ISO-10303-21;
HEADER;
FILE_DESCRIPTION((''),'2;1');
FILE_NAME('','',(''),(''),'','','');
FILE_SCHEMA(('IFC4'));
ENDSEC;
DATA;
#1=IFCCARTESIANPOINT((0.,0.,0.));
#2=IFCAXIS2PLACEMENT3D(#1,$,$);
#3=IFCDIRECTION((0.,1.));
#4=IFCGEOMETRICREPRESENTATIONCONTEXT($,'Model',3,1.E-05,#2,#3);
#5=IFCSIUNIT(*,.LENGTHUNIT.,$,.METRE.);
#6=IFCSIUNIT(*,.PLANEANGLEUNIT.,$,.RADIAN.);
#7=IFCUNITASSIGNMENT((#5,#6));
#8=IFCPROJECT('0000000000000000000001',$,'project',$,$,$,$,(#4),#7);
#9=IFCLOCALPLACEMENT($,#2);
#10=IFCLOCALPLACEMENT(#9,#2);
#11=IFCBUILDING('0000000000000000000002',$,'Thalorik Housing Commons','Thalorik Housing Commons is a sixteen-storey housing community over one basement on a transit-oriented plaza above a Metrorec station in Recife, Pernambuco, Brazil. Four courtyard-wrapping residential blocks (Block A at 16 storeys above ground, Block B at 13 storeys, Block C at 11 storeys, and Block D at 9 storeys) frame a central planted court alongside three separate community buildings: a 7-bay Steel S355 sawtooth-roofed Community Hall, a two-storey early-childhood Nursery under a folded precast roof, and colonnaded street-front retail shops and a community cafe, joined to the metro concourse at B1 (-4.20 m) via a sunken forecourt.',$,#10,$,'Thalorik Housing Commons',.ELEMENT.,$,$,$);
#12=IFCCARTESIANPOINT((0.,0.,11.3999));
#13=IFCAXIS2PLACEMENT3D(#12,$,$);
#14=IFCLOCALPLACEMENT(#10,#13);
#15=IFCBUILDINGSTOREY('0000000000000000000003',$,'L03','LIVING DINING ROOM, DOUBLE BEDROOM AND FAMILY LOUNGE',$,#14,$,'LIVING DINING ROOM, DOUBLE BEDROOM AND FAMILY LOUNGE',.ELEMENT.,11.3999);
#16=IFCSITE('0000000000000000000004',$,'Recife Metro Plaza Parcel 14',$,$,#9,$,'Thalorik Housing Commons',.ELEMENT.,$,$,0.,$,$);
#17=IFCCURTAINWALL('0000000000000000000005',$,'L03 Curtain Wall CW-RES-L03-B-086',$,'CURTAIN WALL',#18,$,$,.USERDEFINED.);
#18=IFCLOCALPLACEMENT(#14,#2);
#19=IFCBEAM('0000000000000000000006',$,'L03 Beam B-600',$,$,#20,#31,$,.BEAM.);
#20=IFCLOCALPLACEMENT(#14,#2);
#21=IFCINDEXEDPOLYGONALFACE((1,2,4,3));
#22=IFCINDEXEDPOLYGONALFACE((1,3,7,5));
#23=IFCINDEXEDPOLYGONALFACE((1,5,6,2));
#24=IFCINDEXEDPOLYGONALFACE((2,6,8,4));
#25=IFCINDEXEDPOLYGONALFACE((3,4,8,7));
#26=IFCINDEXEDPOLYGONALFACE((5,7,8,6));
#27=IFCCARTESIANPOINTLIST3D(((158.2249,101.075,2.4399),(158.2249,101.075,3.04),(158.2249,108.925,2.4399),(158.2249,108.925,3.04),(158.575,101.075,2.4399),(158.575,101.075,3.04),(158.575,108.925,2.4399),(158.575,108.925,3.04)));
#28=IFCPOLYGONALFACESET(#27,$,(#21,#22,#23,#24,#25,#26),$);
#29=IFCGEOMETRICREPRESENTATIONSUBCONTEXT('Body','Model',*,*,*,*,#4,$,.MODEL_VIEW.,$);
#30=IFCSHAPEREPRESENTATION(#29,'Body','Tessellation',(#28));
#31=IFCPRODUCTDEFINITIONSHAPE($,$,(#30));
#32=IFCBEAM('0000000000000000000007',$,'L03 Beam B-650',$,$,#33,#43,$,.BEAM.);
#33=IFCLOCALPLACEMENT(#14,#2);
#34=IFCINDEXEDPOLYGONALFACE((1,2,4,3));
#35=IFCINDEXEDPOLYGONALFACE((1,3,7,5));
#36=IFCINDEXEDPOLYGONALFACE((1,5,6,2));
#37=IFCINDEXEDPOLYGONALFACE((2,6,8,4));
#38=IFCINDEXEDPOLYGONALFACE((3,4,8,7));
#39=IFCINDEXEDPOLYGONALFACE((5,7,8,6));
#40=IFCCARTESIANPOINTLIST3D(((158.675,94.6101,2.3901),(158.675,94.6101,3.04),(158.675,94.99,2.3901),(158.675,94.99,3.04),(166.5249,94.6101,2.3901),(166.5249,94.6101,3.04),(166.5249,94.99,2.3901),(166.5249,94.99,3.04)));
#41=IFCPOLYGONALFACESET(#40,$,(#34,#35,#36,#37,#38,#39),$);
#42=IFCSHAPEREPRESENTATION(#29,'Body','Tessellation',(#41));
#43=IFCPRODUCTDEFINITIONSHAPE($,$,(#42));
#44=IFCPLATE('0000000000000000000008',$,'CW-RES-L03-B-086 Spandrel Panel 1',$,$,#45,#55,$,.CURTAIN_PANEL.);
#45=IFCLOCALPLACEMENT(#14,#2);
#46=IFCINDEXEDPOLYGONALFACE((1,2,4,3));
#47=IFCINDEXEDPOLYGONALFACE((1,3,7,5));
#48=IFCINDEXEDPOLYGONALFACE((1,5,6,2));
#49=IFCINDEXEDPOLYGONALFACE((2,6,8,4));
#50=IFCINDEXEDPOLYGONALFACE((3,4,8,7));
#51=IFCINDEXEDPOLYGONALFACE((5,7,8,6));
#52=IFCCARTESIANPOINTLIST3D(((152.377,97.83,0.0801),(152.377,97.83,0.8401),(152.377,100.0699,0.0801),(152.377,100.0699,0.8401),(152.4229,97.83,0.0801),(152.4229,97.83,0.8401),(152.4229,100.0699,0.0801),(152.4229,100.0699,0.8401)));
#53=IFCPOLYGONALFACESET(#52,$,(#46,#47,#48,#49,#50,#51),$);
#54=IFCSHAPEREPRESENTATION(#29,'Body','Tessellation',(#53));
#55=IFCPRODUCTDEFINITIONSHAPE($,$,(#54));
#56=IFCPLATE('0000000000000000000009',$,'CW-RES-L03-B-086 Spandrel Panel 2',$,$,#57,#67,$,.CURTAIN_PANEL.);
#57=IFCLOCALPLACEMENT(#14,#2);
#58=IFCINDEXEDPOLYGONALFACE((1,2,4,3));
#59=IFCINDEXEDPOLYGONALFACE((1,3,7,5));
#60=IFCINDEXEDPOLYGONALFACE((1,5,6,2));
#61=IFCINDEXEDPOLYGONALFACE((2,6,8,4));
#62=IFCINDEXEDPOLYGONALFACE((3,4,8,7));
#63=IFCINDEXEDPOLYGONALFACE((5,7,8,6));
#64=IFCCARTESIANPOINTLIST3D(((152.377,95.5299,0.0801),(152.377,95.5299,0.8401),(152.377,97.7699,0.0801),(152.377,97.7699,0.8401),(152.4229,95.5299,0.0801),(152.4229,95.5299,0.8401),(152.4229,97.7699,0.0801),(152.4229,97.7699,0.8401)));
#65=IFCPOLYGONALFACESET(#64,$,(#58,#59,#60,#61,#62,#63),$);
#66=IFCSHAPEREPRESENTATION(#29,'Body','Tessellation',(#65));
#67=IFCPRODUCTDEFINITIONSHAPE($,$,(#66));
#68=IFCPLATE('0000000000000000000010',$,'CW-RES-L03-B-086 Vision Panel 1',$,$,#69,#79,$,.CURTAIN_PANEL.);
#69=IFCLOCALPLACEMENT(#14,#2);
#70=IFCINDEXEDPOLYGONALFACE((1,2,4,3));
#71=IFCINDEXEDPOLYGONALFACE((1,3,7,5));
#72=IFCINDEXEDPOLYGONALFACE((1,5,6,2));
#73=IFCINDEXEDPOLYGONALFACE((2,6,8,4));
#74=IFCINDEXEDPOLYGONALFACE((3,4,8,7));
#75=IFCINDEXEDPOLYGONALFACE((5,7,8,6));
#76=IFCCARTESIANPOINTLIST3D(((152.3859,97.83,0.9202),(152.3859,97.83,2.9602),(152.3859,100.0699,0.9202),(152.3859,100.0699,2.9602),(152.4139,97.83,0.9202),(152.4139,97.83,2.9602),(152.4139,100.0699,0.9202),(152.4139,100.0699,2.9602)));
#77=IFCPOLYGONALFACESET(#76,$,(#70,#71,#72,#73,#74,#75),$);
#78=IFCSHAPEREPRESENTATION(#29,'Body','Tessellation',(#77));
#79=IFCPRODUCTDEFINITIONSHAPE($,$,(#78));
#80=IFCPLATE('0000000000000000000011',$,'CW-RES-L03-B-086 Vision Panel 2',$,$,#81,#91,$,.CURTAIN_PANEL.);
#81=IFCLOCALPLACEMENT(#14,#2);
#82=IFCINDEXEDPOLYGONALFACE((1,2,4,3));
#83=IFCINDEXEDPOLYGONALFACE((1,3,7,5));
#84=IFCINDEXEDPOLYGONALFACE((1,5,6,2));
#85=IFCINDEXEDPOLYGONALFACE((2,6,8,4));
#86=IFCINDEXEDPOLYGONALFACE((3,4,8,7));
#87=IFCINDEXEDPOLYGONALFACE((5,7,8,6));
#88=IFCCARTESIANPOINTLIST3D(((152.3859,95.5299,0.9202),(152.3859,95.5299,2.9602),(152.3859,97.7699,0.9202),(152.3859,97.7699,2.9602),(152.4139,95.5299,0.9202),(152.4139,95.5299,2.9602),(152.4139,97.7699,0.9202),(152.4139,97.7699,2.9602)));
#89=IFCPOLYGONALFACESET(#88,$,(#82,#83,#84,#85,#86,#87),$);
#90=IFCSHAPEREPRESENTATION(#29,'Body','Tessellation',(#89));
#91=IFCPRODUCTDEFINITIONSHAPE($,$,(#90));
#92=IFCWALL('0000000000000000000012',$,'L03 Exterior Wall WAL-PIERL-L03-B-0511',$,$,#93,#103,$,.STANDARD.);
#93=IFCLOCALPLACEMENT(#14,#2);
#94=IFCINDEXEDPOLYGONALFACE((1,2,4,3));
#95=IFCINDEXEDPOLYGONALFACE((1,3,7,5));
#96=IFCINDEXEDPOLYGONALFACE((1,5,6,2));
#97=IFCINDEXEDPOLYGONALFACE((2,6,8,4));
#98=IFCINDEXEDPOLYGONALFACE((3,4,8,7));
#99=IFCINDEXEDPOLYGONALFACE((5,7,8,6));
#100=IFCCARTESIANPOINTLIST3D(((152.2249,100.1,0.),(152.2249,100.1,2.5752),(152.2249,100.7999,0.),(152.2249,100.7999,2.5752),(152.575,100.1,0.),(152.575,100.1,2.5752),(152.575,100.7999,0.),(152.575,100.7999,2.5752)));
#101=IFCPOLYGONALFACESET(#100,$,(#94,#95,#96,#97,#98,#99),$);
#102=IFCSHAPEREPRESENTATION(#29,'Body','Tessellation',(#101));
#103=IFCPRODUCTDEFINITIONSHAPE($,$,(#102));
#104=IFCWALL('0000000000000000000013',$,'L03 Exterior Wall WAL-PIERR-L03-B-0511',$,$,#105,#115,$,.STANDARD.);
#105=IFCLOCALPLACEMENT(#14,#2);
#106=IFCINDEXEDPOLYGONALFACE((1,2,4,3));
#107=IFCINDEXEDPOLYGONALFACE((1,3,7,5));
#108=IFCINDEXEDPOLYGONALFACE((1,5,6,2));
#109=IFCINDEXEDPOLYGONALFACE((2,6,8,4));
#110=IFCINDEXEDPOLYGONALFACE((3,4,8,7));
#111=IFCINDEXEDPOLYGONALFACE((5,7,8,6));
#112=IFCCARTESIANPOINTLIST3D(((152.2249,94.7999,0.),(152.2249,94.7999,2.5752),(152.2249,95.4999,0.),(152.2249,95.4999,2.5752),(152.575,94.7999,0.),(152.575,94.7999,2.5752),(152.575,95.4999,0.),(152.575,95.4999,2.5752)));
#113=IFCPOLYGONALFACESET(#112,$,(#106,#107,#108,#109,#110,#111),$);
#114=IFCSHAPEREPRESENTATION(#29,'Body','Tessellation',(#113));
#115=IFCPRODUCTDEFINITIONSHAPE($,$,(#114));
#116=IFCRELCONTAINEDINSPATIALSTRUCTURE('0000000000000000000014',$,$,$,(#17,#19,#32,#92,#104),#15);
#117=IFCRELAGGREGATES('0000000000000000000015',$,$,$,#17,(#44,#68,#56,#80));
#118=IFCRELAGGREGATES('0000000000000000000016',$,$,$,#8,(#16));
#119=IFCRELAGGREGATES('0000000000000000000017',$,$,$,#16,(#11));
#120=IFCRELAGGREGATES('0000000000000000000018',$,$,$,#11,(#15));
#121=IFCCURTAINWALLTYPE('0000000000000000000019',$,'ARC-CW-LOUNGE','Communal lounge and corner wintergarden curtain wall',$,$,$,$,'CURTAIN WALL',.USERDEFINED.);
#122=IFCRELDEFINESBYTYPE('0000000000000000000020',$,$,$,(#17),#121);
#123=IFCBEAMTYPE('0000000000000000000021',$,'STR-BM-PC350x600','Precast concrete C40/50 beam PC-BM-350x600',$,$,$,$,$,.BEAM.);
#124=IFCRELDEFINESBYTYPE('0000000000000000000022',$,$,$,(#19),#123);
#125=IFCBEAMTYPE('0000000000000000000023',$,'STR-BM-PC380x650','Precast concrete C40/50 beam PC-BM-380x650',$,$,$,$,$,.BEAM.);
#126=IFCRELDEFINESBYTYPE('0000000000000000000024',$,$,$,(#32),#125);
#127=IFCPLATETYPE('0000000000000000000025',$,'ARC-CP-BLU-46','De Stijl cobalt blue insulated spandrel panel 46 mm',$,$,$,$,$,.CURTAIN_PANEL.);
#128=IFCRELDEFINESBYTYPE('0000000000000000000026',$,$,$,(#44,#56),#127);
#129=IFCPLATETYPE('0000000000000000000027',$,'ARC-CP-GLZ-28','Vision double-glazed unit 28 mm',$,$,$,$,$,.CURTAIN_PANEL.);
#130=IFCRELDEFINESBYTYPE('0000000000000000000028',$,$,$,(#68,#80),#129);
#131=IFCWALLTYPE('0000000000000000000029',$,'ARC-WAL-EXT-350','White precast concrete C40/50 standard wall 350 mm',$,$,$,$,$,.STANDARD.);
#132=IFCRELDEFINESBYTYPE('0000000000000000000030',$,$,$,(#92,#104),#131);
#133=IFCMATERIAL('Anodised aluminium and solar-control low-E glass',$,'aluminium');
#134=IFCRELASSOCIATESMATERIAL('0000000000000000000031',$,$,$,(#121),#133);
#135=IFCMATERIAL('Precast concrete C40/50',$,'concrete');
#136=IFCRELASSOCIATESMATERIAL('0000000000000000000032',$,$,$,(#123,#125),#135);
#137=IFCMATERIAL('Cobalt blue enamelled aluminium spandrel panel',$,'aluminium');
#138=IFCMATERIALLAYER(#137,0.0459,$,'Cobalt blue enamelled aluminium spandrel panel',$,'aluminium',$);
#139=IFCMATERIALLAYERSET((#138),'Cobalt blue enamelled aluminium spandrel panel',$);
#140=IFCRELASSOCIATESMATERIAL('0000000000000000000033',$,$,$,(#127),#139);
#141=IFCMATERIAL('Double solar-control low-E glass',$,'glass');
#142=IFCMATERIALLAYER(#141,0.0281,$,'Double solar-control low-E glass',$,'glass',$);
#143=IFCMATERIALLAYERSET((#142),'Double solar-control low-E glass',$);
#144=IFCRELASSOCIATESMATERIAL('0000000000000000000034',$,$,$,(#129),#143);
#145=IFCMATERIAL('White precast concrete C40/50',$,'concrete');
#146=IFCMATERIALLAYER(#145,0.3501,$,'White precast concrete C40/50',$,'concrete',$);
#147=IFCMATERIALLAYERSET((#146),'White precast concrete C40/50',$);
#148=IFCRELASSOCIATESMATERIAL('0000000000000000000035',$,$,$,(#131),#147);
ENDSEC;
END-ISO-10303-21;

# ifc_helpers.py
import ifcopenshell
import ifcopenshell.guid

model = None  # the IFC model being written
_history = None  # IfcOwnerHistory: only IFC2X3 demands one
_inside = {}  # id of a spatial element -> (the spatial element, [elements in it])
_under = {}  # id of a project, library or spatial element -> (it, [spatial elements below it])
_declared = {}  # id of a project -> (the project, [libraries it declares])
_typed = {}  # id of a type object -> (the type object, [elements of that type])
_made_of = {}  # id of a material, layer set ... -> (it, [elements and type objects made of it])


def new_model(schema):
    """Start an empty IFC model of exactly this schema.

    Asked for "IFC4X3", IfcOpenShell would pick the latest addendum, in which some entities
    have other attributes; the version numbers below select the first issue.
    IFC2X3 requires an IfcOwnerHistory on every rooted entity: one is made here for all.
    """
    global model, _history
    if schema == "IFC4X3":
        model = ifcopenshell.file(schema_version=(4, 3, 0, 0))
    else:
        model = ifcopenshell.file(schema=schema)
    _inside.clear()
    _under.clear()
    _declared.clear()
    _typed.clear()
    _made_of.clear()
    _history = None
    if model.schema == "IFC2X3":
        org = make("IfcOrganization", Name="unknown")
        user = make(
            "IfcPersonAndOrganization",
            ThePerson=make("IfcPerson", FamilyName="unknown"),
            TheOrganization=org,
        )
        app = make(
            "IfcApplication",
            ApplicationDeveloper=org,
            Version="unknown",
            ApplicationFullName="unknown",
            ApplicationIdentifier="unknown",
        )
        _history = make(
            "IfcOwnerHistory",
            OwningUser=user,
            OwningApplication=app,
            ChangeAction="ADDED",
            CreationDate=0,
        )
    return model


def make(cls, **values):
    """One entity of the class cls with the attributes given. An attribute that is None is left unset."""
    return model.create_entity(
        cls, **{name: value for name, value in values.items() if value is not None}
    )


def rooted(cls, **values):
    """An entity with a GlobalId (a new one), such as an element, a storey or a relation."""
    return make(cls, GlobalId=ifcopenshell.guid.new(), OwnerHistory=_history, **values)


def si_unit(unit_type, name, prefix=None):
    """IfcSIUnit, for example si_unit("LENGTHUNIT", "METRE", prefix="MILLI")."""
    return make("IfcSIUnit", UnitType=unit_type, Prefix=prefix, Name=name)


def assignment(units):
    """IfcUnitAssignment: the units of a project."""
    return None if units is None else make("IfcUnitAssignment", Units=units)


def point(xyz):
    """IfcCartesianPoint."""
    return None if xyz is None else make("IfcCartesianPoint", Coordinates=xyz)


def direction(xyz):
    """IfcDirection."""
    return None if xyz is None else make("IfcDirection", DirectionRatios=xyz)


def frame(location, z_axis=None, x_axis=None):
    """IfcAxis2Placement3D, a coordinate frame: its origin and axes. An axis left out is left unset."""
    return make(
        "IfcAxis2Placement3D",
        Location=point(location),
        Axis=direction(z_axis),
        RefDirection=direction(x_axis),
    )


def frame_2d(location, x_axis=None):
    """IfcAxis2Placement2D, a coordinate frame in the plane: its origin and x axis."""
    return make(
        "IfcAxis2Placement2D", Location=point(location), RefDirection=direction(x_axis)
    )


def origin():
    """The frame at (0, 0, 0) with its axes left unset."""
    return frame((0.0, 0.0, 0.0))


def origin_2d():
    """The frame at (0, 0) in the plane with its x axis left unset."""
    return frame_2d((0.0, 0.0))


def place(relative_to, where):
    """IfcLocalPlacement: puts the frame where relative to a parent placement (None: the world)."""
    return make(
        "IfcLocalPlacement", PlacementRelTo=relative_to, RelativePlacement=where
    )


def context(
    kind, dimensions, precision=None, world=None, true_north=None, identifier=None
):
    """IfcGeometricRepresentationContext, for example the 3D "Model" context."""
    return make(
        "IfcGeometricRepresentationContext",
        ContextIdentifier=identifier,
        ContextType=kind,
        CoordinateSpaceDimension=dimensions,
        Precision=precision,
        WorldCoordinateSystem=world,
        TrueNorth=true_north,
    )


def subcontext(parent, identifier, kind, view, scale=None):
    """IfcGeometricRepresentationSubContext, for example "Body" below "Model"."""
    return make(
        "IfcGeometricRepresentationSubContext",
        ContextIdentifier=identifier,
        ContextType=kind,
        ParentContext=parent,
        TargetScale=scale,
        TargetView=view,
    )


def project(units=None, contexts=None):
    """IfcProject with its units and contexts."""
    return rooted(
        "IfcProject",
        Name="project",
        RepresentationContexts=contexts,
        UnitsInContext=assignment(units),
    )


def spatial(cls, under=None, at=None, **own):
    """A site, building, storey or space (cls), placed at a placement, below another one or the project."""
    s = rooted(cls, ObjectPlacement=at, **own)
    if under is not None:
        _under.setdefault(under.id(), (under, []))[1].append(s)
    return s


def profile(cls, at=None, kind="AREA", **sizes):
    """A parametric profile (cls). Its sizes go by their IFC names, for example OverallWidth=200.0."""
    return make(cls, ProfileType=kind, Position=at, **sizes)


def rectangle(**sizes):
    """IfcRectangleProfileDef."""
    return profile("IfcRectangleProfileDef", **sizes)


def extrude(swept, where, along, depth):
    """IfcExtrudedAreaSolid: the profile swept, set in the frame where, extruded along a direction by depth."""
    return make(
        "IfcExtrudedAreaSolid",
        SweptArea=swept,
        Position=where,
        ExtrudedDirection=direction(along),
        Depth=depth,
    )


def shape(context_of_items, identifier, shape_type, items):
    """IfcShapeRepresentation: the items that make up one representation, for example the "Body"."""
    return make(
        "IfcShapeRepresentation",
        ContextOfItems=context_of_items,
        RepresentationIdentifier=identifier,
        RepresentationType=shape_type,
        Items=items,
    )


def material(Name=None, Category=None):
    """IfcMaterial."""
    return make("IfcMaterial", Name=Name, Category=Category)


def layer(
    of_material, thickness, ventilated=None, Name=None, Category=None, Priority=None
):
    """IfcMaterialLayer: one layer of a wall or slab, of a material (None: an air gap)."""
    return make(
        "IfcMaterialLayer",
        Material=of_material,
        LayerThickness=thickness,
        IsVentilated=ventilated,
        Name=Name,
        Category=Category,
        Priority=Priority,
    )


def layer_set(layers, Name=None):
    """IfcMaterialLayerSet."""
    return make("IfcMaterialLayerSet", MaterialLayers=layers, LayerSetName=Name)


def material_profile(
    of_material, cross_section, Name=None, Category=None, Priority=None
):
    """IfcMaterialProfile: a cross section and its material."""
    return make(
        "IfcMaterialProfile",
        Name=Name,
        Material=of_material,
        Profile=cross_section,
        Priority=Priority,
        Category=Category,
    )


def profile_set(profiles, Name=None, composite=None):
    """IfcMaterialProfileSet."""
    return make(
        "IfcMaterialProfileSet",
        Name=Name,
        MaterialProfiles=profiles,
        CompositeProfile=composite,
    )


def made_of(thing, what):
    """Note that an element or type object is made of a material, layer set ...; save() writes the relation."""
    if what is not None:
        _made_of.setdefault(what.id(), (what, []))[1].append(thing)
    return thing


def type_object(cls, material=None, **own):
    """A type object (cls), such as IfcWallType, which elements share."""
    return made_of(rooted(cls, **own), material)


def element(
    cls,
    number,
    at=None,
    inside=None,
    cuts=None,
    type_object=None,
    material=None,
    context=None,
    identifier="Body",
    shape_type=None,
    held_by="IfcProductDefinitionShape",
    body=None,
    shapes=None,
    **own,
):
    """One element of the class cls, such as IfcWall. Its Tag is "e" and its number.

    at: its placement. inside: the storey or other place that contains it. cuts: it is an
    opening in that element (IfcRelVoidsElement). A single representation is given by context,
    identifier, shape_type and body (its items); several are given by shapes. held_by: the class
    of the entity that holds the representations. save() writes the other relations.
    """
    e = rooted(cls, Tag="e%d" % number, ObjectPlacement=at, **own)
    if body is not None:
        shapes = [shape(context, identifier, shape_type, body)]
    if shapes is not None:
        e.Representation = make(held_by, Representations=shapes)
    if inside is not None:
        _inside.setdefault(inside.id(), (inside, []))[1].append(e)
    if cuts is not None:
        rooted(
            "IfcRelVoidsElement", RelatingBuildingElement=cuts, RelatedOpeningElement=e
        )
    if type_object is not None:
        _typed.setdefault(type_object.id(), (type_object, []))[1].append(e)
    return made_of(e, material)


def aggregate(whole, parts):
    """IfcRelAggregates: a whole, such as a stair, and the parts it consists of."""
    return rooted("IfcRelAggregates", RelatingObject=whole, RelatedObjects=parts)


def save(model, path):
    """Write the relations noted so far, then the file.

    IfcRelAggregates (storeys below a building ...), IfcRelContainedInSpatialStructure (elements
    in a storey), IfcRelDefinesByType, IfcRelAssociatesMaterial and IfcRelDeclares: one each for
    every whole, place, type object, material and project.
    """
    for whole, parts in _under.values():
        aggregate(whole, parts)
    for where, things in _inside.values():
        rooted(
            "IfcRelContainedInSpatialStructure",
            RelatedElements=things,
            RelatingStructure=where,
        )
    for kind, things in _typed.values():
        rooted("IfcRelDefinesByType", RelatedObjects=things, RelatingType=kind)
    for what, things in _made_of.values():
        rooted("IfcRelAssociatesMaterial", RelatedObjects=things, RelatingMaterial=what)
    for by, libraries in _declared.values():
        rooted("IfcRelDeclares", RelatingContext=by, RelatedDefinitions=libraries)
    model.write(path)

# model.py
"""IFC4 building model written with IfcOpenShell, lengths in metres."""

from ifc_helpers import new_model, si_unit, direction, frame, frame_2d, origin, origin_2d, place, context, subcontext, project, spatial, rectangle, extrude, material, layer, layer_set, material_profile, profile_set, type_object, element, aggregate, save


model = new_model("IFC4")

# Units and contexts
model_context = context("Model", 3, precision=1e-05, world=origin(), true_north=direction((0.0, 1.0)))
body_context = subcontext(model_context, "Body", "Model", "MODEL_VIEW")
ifc_project = project(units=[si_unit("LENGTHUNIT", "METRE"), si_unit("PLANEANGLEUNIT", "RADIAN")], contexts=[model_context])

# Site, building, storey
site_placement = place(None, origin())
site = spatial("IfcSite", under=ifc_project, at=site_placement, Name="Recife Metro Plaza Parcel 14", LongName="Thalorik Housing Commons", CompositionType="ELEMENT", RefElevation=0.0)
building_placement = place(site_placement, origin())
building = spatial("IfcBuilding", under=site, at=building_placement, Name="Thalorik Housing Commons", Description="Thalorik Housing Commons is a sixteen-storey housing community over one basement on a transit-oriented plaza above a Metrorec station in Recife, Pernambuco, Brazil. Four courtyard-wrapping residential blocks (Block A at 16 storeys above ground, Block B at 13 storeys, Block C at 11 storeys, and Block D at 9 storeys) frame a central planted court alongside three separate community buildings: a 7-bay Steel S355 sawtooth-roofed Community Hall, a two-storey early-childhood Nursery under a folded precast roof, and colonnaded street-front retail shops and a community cafe, joined to the metro concourse at B1 (-4.20 m) via a sunken forecourt.", LongName="Thalorik Housing Commons", CompositionType="ELEMENT")
storey_placement = place(building_placement, frame((0.0, 0.0, 11.3999)))
storey = spatial("IfcBuildingStorey", under=building, at=storey_placement, Name="L03", Description="LIVING DINING ROOM, DOUBLE BEDROOM AND FAMILY LOUNGE", LongName="LIVING DINING ROOM, DOUBLE BEDROOM AND FAMILY LOUNGE", CompositionType="ELEMENT", Elevation=11.3999)

# Shared definitions
ifc_material_1 = material(Name="Precast concrete C40/50", Category="concrete")

# Curtain wall
ifc_material_2 = material(Name="Anodised aluminium and solar-control low-E glass", Category="aluminium")
curtain_wall_type = type_object("IfcCurtainWallType", Name="ARC-CW-LOUNGE", Description="Communal lounge and corner wintergarden curtain wall", ElementType="CURTAIN WALL", PredefinedType="USERDEFINED", material=ifc_material_2)
curtain_wall_placement = place(storey_placement, origin())
curtain_wall = element("IfcCurtainWall", 1, at=curtain_wall_placement, inside=storey, type_object=curtain_wall_type, Name="L03 Curtain Wall CW-RES-L03-B-086", ObjectType="CURTAIN WALL", PredefinedType="USERDEFINED")

# Beams
ifc_material_profile_1 = material_profile(ifc_material_1, rectangle(XDim=0.3501, YDim=0.6001, at=origin_2d()), Name="PC 350x600", Category="concrete")
ifc_profile_set_1 = profile_set([ifc_material_profile_1], Name="Precast concrete C40/50")
beam_type_1 = type_object("IfcBeamType", Name="STR-BM-PC350x600", Description="Precast concrete C40/50 beam PC-BM-350x600", PredefinedType="BEAM", material=ifc_profile_set_1)
for number, where, z_axis, x_axis, name in (
    (2, (158.3999, 101.075, 2.74), (0.0, 1.0, 0.0), (-1.0, 0.0, 0.0), "L03 Beam B-600"),
):
    element("IfcBeam", number, at=place(storey_placement, frame(where, z_axis=z_axis, x_axis=x_axis)), inside=storey, type_object=beam_type_1, Name=name, PredefinedType="BEAM", context=body_context, shape_type="SweptSolid", body=[
        extrude(rectangle(XDim=0.3501, YDim=0.6001, at=origin_2d()), origin(), (0.0, 0.0, 1.0), 7.8501),
    ])
ifc_material_profile_2 = material_profile(ifc_material_1, rectangle(XDim=0.3799, YDim=0.6499, at=origin_2d()), Name="PC 380x650", Category="concrete")
ifc_profile_set_2 = profile_set([ifc_material_profile_2], Name="Precast concrete C40/50")
beam_type_2 = type_object("IfcBeamType", Name="STR-BM-PC380x650", Description="Precast concrete C40/50 beam PC-BM-380x650", PredefinedType="BEAM", material=ifc_profile_set_2)
beam_placement = place(storey_placement, frame((158.675, 94.8, 2.7151), z_axis=(1.0, 0.0, 0.0), x_axis=(0.0, 1.0, 0.0)))
element("IfcBeam", 3, at=beam_placement, inside=storey, type_object=beam_type_2, Name="L03 Beam B-650", PredefinedType="BEAM", context=body_context, shape_type="SweptSolid", body=[
    extrude(rectangle(XDim=0.3799, YDim=0.6499, at=origin_2d()), origin(), (0.0, 0.0, 1.0), 7.8499),
])

# Plates
ifc_material_3 = material(Name="Cobalt blue enamelled aluminium spandrel panel", Category="aluminium")
ifc_layer_1 = layer(ifc_material_3, 0.0459, Name="Cobalt blue enamelled aluminium spandrel panel", Category="aluminium")
ifc_layer_set_1 = layer_set([ifc_layer_1], Name="Cobalt blue enamelled aluminium spandrel panel")
plate_type_1 = type_object("IfcPlateType", Name="ARC-CP-BLU-46", Description="De Stijl cobalt blue insulated spandrel panel 46 mm", PredefinedType="CURTAIN_PANEL", material=ifc_layer_set_1)
plate_1_placement = place(storey_placement, frame((152.3999, 98.95, 0.0801), z_axis=(0.0, 0.0, 1.0), x_axis=(0.0, -1.0, 0.0)))
plate_1 = element("IfcPlate", 4, at=plate_1_placement, type_object=plate_type_1, Name="CW-RES-L03-B-086 Spandrel Panel 1", PredefinedType="CURTAIN_PANEL", context=body_context, shape_type="SweptSolid", body=[
    extrude(rectangle(XDim=2.24, YDim=0.0459, at=origin_2d()), origin(), (0.0, 0.0, 1.0), 0.76),
])
plate_2_placement = place(storey_placement, frame((152.3999, 96.6499, 0.0801), z_axis=(0.0, 0.0, 1.0), x_axis=(0.0, -1.0, 0.0)))
plate_2 = element("IfcPlate", 5, at=plate_2_placement, type_object=plate_type_1, Name="CW-RES-L03-B-086 Spandrel Panel 2", PredefinedType="CURTAIN_PANEL", context=body_context, shape_type="SweptSolid", body=[
    extrude(rectangle(XDim=2.24, YDim=0.0459, at=origin_2d()), origin(), (0.0, 0.0, 1.0), 0.76),
])
ifc_material_4 = material(Name="Double solar-control low-E glass", Category="glass")
ifc_layer_2 = layer(ifc_material_4, 0.0281, Name="Double solar-control low-E glass", Category="glass")
ifc_layer_set_2 = layer_set([ifc_layer_2], Name="Double solar-control low-E glass")
plate_type_2 = type_object("IfcPlateType", Name="ARC-CP-GLZ-28", Description="Vision double-glazed unit 28 mm", PredefinedType="CURTAIN_PANEL", material=ifc_layer_set_2)
plate_3_placement = place(storey_placement, frame((152.3999, 98.95, 0.9202), z_axis=(0.0, 0.0, 1.0), x_axis=(0.0, -1.0, 0.0)))
plate_3 = element("IfcPlate", 6, at=plate_3_placement, type_object=plate_type_2, Name="CW-RES-L03-B-086 Vision Panel 1", PredefinedType="CURTAIN_PANEL", context=body_context, shape_type="SweptSolid", body=[
    extrude(rectangle(XDim=2.24, YDim=0.0281, at=origin_2d()), origin(), (0.0, 0.0, 1.0), 2.04),
])
plate_4_placement = place(storey_placement, frame((152.3999, 96.6499, 0.9202), z_axis=(0.0, 0.0, 1.0), x_axis=(0.0, -1.0, 0.0)))
plate_4 = element("IfcPlate", 7, at=plate_4_placement, type_object=plate_type_2, Name="CW-RES-L03-B-086 Vision Panel 2", PredefinedType="CURTAIN_PANEL", context=body_context, shape_type="SweptSolid", body=[
    extrude(rectangle(XDim=2.24, YDim=0.0281, at=origin_2d()), origin(), (0.0, 0.0, 1.0), 2.04),
])
aggregate(curtain_wall, [plate_1, plate_3, plate_2, plate_4])

# Walls
ifc_material_5 = material(Name="White precast concrete C40/50", Category="concrete")
ifc_layer_3 = layer(ifc_material_5, 0.3501, Name="White precast concrete C40/50", Category="concrete")
ifc_layer_set_3 = layer_set([ifc_layer_3], Name="White precast concrete C40/50")
wall_type_1 = type_object("IfcWallType", Name="ARC-WAL-EXT-350", Description="White precast concrete C40/50 standard wall 350 mm", PredefinedType="STANDARD", material=ifc_layer_set_3)
for number, where, z_axis, x_axis, name in (
    (8, (152.3999, 100.8, 0.0), (0.0, 0.0, 1.0), (0.0, -1.0, 0.0), "L03 Exterior Wall WAL-PIERL-L03-B-0511"),
    (9, (152.3999, 95.5, 0.0), (0.0, 0.0, 1.0), (0.0, -1.0, 0.0), "L03 Exterior Wall WAL-PIERR-L03-B-0511"),
):
    element("IfcWall", number, at=place(storey_placement, frame(where, z_axis=z_axis, x_axis=x_axis)), inside=storey, type_object=wall_type_1, Name=name, PredefinedType="STANDARD", context=body_context, shape_type="SweptSolid", body=[
        extrude(rectangle(XDim=0.7, YDim=0.3501, at=frame_2d((0.3501, 0.0))), origin(), (0.0, 0.0, 1.0), 2.5752),
    ])

save(model, "model.ifc")
